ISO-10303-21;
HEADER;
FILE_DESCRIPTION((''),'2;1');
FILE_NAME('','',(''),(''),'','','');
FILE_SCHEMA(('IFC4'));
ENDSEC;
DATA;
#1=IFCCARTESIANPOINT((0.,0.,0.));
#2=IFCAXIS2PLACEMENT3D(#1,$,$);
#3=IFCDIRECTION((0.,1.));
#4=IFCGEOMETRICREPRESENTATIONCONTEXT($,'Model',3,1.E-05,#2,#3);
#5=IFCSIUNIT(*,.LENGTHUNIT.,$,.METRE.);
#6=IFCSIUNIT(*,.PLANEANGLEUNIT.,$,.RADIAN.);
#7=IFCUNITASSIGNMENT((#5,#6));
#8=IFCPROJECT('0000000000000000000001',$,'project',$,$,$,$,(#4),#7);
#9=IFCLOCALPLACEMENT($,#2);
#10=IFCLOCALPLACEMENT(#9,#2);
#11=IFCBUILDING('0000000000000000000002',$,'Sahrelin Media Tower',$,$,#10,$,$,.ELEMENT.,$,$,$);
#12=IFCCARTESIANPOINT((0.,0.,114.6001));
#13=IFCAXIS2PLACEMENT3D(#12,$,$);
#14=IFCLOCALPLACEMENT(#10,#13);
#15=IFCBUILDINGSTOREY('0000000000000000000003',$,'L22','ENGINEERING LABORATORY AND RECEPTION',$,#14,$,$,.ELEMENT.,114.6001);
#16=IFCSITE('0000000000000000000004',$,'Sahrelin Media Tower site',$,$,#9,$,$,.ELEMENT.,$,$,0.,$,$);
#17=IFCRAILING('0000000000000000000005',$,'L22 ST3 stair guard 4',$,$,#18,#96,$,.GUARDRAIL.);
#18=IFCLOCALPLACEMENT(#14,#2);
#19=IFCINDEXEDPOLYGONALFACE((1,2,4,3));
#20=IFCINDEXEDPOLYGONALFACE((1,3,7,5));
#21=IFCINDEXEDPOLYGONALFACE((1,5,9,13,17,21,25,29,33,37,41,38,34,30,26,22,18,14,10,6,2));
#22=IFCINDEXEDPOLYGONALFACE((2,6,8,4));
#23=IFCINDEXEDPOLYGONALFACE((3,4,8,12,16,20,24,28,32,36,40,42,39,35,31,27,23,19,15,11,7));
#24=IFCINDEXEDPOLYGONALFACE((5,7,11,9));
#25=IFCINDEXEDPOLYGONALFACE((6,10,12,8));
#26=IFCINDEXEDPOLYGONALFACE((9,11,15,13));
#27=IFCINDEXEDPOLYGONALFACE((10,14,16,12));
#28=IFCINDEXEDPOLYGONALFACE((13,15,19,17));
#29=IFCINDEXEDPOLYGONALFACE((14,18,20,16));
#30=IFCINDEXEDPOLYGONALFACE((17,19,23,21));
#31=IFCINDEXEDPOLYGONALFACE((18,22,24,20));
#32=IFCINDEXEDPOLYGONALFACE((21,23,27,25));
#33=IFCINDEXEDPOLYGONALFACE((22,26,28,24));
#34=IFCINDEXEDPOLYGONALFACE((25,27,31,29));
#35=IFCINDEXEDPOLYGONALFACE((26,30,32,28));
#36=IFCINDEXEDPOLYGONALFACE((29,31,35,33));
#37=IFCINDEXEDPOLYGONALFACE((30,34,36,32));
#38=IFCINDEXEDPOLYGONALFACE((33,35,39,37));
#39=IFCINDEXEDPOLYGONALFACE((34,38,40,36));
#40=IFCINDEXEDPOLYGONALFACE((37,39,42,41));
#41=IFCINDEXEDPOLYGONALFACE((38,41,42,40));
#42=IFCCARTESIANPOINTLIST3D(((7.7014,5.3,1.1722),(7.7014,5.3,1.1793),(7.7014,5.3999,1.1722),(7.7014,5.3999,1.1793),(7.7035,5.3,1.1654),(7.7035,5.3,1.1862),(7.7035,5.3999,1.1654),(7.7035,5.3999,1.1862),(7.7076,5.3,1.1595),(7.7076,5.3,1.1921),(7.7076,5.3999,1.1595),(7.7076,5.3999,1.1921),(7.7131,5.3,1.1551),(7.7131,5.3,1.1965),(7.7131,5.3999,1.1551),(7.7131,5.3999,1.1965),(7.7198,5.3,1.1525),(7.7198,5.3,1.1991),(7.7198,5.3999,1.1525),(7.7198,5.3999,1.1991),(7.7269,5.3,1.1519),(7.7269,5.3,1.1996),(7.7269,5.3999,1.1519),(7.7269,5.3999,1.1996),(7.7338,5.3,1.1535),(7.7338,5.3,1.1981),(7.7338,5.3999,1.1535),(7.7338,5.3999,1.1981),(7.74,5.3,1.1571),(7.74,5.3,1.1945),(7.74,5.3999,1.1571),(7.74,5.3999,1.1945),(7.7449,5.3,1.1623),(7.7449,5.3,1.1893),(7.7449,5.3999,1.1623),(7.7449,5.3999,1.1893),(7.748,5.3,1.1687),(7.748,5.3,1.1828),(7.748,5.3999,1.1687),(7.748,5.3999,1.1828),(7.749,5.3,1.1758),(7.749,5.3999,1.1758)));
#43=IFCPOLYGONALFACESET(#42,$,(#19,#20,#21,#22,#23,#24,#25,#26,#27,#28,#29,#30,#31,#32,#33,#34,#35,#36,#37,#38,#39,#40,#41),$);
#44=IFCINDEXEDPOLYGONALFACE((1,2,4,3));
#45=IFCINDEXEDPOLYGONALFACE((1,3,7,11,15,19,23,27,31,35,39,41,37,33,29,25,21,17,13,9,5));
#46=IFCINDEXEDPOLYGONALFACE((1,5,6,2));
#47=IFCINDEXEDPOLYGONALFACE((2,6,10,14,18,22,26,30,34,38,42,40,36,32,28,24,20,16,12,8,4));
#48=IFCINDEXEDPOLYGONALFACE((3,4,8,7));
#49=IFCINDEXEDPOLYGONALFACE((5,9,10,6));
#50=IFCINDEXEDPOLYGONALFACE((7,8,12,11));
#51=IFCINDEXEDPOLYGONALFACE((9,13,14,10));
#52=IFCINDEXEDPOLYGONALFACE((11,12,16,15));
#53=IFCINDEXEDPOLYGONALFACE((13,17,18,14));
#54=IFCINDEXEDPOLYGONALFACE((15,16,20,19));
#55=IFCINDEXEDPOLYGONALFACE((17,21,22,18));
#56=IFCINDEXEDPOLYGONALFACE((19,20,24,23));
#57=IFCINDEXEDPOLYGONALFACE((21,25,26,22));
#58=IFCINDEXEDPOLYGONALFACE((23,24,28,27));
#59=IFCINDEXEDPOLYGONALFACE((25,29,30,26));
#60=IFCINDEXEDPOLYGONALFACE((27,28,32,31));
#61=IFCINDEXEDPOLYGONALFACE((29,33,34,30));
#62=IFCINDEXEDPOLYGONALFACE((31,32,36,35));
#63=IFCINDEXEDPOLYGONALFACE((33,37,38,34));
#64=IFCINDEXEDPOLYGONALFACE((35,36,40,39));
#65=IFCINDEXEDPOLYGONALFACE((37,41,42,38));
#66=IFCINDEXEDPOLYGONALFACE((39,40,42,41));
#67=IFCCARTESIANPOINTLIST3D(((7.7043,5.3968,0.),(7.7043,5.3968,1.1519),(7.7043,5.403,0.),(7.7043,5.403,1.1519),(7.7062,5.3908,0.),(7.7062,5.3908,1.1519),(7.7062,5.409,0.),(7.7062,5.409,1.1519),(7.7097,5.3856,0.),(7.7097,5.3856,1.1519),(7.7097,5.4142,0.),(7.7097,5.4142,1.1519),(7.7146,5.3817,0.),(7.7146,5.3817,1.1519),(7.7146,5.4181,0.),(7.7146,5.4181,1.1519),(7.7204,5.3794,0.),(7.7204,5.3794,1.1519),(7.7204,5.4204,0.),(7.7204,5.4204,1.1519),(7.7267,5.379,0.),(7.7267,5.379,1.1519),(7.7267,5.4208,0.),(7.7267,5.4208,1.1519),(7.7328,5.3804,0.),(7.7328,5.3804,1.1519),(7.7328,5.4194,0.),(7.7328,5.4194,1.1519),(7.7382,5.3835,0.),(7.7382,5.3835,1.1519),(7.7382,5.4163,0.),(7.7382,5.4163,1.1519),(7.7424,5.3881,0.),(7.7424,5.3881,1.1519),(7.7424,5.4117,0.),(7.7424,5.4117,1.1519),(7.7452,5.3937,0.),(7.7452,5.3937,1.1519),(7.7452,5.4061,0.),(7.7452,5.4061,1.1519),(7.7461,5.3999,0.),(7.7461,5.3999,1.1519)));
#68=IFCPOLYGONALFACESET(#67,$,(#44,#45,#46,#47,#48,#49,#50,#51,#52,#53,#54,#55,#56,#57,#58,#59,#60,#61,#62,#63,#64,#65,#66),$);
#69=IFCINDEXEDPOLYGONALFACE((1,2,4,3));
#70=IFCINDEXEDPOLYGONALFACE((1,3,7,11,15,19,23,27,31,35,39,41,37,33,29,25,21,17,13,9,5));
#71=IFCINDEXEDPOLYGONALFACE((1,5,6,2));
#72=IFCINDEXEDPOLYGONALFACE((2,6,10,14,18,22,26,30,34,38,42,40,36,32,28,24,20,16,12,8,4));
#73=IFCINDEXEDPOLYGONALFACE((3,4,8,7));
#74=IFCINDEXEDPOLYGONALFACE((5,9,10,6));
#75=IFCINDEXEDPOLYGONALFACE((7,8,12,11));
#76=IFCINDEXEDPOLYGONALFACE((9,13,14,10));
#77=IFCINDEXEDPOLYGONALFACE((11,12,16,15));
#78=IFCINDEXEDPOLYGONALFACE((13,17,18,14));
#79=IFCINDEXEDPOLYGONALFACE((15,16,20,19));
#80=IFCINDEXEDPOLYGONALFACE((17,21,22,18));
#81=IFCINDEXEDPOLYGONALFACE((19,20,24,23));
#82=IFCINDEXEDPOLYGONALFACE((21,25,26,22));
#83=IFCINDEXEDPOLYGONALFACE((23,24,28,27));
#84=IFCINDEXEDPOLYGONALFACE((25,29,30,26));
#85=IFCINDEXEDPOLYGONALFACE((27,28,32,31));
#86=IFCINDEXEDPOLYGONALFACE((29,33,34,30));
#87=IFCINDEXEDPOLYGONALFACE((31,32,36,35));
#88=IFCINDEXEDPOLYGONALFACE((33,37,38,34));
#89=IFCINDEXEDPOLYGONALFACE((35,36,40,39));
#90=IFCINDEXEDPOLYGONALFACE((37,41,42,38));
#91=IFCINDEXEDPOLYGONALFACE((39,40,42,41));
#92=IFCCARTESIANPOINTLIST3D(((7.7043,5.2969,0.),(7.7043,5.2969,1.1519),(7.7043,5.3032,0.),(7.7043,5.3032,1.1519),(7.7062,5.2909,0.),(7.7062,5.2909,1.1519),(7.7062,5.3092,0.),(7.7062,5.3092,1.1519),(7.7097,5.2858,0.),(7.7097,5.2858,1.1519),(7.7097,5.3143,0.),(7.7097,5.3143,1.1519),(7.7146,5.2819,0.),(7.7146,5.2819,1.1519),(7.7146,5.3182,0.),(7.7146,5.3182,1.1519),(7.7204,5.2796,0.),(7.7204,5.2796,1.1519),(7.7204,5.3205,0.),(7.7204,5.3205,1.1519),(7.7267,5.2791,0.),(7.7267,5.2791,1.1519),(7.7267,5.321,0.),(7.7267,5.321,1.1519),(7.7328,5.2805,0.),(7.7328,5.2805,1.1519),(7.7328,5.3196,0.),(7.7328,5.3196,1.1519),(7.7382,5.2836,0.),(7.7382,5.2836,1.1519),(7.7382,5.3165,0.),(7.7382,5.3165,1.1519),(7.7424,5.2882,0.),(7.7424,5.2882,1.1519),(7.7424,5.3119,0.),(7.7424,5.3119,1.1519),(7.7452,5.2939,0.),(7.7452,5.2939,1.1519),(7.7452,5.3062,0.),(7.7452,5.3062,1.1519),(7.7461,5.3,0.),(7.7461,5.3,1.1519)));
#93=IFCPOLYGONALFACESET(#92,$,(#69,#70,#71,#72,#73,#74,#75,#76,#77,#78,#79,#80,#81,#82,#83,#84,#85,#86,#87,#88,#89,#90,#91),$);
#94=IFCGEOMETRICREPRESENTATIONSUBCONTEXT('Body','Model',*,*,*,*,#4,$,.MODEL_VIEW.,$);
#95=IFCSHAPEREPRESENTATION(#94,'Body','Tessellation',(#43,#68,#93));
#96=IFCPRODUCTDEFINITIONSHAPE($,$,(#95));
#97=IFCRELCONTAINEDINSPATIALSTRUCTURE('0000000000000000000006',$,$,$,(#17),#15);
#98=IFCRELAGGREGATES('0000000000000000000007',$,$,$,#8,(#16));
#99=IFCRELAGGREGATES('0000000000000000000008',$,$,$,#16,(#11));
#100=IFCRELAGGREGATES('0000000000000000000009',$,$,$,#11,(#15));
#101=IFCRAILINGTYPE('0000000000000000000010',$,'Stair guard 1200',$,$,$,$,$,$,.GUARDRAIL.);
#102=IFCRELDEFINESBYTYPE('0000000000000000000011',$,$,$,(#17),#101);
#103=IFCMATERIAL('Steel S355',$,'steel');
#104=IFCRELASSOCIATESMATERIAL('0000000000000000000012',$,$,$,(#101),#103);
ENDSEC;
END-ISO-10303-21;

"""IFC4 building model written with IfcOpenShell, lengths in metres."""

from ifc_helpers import new_model, si_unit, direction, frame, origin, origin_2d, place, context, subcontext, project, spatial, circle, extrude, material, type_object, element, save


model = new_model("IFC4")

# Units and contexts
model_context = context("Model", 3, precision=1e-05, world=origin(), true_north=direction((0.0, 1.0)))
body_context = subcontext(model_context, "Body", "Model", "MODEL_VIEW")
ifc_project = project(units=[si_unit("LENGTHUNIT", "METRE"), si_unit("PLANEANGLEUNIT", "RADIAN")], contexts=[model_context])

# Site, building, storey
site_placement = place(None, origin())
site = spatial("IfcSite", under=ifc_project, at=site_placement, Name="Sahrelin Media Tower site", CompositionType="ELEMENT", RefElevation=0.0)
building_placement = place(site_placement, origin())
building = spatial("IfcBuilding", under=site, at=building_placement, Name="Sahrelin Media Tower", CompositionType="ELEMENT")
storey_placement = place(building_placement, frame((0.0, 0.0, 114.6001)))
storey = spatial("IfcBuildingStorey", under=building, at=storey_placement, Name="L22", Description="ENGINEERING LABORATORY AND RECEPTION", CompositionType="ELEMENT", Elevation=114.6001)

# Shared definitions
ifc_material_1 = material(Name="Steel S355", Category="steel")

# Railing
railing_type_1 = type_object("IfcRailingType", Name="Stair guard 1200", PredefinedType="GUARDRAIL", material=ifc_material_1)
railing_1_placement = place(storey_placement, frame((7.7251, 5.3999, 0.0)))
element("IfcRailing", 1, at=railing_1_placement, inside=storey, type_object=railing_type_1, Name="L22 ST3 stair guard 4", PredefinedType="GUARDRAIL", context=body_context, shape_type="SweptSolid", body=[
    extrude(circle(Radius=0.0239, at=origin_2d()), frame((0.0, 0.0, 1.1758), z_axis=(0.0, -1.0, 0.0), x_axis=(1.0, 0.0, 0.0)), (0.0, 0.0, 1.0), 0.0999),
    extrude(circle(Radius=0.021, at=origin_2d()), origin(), (0.0, 0.0, 1.0), 1.1519),
    extrude(circle(Radius=0.021, at=origin_2d()), frame((0.0, -0.0999, 0.0)), (0.0, 0.0, 1.0), 1.1519),
])

save(model, "model.ifc")
